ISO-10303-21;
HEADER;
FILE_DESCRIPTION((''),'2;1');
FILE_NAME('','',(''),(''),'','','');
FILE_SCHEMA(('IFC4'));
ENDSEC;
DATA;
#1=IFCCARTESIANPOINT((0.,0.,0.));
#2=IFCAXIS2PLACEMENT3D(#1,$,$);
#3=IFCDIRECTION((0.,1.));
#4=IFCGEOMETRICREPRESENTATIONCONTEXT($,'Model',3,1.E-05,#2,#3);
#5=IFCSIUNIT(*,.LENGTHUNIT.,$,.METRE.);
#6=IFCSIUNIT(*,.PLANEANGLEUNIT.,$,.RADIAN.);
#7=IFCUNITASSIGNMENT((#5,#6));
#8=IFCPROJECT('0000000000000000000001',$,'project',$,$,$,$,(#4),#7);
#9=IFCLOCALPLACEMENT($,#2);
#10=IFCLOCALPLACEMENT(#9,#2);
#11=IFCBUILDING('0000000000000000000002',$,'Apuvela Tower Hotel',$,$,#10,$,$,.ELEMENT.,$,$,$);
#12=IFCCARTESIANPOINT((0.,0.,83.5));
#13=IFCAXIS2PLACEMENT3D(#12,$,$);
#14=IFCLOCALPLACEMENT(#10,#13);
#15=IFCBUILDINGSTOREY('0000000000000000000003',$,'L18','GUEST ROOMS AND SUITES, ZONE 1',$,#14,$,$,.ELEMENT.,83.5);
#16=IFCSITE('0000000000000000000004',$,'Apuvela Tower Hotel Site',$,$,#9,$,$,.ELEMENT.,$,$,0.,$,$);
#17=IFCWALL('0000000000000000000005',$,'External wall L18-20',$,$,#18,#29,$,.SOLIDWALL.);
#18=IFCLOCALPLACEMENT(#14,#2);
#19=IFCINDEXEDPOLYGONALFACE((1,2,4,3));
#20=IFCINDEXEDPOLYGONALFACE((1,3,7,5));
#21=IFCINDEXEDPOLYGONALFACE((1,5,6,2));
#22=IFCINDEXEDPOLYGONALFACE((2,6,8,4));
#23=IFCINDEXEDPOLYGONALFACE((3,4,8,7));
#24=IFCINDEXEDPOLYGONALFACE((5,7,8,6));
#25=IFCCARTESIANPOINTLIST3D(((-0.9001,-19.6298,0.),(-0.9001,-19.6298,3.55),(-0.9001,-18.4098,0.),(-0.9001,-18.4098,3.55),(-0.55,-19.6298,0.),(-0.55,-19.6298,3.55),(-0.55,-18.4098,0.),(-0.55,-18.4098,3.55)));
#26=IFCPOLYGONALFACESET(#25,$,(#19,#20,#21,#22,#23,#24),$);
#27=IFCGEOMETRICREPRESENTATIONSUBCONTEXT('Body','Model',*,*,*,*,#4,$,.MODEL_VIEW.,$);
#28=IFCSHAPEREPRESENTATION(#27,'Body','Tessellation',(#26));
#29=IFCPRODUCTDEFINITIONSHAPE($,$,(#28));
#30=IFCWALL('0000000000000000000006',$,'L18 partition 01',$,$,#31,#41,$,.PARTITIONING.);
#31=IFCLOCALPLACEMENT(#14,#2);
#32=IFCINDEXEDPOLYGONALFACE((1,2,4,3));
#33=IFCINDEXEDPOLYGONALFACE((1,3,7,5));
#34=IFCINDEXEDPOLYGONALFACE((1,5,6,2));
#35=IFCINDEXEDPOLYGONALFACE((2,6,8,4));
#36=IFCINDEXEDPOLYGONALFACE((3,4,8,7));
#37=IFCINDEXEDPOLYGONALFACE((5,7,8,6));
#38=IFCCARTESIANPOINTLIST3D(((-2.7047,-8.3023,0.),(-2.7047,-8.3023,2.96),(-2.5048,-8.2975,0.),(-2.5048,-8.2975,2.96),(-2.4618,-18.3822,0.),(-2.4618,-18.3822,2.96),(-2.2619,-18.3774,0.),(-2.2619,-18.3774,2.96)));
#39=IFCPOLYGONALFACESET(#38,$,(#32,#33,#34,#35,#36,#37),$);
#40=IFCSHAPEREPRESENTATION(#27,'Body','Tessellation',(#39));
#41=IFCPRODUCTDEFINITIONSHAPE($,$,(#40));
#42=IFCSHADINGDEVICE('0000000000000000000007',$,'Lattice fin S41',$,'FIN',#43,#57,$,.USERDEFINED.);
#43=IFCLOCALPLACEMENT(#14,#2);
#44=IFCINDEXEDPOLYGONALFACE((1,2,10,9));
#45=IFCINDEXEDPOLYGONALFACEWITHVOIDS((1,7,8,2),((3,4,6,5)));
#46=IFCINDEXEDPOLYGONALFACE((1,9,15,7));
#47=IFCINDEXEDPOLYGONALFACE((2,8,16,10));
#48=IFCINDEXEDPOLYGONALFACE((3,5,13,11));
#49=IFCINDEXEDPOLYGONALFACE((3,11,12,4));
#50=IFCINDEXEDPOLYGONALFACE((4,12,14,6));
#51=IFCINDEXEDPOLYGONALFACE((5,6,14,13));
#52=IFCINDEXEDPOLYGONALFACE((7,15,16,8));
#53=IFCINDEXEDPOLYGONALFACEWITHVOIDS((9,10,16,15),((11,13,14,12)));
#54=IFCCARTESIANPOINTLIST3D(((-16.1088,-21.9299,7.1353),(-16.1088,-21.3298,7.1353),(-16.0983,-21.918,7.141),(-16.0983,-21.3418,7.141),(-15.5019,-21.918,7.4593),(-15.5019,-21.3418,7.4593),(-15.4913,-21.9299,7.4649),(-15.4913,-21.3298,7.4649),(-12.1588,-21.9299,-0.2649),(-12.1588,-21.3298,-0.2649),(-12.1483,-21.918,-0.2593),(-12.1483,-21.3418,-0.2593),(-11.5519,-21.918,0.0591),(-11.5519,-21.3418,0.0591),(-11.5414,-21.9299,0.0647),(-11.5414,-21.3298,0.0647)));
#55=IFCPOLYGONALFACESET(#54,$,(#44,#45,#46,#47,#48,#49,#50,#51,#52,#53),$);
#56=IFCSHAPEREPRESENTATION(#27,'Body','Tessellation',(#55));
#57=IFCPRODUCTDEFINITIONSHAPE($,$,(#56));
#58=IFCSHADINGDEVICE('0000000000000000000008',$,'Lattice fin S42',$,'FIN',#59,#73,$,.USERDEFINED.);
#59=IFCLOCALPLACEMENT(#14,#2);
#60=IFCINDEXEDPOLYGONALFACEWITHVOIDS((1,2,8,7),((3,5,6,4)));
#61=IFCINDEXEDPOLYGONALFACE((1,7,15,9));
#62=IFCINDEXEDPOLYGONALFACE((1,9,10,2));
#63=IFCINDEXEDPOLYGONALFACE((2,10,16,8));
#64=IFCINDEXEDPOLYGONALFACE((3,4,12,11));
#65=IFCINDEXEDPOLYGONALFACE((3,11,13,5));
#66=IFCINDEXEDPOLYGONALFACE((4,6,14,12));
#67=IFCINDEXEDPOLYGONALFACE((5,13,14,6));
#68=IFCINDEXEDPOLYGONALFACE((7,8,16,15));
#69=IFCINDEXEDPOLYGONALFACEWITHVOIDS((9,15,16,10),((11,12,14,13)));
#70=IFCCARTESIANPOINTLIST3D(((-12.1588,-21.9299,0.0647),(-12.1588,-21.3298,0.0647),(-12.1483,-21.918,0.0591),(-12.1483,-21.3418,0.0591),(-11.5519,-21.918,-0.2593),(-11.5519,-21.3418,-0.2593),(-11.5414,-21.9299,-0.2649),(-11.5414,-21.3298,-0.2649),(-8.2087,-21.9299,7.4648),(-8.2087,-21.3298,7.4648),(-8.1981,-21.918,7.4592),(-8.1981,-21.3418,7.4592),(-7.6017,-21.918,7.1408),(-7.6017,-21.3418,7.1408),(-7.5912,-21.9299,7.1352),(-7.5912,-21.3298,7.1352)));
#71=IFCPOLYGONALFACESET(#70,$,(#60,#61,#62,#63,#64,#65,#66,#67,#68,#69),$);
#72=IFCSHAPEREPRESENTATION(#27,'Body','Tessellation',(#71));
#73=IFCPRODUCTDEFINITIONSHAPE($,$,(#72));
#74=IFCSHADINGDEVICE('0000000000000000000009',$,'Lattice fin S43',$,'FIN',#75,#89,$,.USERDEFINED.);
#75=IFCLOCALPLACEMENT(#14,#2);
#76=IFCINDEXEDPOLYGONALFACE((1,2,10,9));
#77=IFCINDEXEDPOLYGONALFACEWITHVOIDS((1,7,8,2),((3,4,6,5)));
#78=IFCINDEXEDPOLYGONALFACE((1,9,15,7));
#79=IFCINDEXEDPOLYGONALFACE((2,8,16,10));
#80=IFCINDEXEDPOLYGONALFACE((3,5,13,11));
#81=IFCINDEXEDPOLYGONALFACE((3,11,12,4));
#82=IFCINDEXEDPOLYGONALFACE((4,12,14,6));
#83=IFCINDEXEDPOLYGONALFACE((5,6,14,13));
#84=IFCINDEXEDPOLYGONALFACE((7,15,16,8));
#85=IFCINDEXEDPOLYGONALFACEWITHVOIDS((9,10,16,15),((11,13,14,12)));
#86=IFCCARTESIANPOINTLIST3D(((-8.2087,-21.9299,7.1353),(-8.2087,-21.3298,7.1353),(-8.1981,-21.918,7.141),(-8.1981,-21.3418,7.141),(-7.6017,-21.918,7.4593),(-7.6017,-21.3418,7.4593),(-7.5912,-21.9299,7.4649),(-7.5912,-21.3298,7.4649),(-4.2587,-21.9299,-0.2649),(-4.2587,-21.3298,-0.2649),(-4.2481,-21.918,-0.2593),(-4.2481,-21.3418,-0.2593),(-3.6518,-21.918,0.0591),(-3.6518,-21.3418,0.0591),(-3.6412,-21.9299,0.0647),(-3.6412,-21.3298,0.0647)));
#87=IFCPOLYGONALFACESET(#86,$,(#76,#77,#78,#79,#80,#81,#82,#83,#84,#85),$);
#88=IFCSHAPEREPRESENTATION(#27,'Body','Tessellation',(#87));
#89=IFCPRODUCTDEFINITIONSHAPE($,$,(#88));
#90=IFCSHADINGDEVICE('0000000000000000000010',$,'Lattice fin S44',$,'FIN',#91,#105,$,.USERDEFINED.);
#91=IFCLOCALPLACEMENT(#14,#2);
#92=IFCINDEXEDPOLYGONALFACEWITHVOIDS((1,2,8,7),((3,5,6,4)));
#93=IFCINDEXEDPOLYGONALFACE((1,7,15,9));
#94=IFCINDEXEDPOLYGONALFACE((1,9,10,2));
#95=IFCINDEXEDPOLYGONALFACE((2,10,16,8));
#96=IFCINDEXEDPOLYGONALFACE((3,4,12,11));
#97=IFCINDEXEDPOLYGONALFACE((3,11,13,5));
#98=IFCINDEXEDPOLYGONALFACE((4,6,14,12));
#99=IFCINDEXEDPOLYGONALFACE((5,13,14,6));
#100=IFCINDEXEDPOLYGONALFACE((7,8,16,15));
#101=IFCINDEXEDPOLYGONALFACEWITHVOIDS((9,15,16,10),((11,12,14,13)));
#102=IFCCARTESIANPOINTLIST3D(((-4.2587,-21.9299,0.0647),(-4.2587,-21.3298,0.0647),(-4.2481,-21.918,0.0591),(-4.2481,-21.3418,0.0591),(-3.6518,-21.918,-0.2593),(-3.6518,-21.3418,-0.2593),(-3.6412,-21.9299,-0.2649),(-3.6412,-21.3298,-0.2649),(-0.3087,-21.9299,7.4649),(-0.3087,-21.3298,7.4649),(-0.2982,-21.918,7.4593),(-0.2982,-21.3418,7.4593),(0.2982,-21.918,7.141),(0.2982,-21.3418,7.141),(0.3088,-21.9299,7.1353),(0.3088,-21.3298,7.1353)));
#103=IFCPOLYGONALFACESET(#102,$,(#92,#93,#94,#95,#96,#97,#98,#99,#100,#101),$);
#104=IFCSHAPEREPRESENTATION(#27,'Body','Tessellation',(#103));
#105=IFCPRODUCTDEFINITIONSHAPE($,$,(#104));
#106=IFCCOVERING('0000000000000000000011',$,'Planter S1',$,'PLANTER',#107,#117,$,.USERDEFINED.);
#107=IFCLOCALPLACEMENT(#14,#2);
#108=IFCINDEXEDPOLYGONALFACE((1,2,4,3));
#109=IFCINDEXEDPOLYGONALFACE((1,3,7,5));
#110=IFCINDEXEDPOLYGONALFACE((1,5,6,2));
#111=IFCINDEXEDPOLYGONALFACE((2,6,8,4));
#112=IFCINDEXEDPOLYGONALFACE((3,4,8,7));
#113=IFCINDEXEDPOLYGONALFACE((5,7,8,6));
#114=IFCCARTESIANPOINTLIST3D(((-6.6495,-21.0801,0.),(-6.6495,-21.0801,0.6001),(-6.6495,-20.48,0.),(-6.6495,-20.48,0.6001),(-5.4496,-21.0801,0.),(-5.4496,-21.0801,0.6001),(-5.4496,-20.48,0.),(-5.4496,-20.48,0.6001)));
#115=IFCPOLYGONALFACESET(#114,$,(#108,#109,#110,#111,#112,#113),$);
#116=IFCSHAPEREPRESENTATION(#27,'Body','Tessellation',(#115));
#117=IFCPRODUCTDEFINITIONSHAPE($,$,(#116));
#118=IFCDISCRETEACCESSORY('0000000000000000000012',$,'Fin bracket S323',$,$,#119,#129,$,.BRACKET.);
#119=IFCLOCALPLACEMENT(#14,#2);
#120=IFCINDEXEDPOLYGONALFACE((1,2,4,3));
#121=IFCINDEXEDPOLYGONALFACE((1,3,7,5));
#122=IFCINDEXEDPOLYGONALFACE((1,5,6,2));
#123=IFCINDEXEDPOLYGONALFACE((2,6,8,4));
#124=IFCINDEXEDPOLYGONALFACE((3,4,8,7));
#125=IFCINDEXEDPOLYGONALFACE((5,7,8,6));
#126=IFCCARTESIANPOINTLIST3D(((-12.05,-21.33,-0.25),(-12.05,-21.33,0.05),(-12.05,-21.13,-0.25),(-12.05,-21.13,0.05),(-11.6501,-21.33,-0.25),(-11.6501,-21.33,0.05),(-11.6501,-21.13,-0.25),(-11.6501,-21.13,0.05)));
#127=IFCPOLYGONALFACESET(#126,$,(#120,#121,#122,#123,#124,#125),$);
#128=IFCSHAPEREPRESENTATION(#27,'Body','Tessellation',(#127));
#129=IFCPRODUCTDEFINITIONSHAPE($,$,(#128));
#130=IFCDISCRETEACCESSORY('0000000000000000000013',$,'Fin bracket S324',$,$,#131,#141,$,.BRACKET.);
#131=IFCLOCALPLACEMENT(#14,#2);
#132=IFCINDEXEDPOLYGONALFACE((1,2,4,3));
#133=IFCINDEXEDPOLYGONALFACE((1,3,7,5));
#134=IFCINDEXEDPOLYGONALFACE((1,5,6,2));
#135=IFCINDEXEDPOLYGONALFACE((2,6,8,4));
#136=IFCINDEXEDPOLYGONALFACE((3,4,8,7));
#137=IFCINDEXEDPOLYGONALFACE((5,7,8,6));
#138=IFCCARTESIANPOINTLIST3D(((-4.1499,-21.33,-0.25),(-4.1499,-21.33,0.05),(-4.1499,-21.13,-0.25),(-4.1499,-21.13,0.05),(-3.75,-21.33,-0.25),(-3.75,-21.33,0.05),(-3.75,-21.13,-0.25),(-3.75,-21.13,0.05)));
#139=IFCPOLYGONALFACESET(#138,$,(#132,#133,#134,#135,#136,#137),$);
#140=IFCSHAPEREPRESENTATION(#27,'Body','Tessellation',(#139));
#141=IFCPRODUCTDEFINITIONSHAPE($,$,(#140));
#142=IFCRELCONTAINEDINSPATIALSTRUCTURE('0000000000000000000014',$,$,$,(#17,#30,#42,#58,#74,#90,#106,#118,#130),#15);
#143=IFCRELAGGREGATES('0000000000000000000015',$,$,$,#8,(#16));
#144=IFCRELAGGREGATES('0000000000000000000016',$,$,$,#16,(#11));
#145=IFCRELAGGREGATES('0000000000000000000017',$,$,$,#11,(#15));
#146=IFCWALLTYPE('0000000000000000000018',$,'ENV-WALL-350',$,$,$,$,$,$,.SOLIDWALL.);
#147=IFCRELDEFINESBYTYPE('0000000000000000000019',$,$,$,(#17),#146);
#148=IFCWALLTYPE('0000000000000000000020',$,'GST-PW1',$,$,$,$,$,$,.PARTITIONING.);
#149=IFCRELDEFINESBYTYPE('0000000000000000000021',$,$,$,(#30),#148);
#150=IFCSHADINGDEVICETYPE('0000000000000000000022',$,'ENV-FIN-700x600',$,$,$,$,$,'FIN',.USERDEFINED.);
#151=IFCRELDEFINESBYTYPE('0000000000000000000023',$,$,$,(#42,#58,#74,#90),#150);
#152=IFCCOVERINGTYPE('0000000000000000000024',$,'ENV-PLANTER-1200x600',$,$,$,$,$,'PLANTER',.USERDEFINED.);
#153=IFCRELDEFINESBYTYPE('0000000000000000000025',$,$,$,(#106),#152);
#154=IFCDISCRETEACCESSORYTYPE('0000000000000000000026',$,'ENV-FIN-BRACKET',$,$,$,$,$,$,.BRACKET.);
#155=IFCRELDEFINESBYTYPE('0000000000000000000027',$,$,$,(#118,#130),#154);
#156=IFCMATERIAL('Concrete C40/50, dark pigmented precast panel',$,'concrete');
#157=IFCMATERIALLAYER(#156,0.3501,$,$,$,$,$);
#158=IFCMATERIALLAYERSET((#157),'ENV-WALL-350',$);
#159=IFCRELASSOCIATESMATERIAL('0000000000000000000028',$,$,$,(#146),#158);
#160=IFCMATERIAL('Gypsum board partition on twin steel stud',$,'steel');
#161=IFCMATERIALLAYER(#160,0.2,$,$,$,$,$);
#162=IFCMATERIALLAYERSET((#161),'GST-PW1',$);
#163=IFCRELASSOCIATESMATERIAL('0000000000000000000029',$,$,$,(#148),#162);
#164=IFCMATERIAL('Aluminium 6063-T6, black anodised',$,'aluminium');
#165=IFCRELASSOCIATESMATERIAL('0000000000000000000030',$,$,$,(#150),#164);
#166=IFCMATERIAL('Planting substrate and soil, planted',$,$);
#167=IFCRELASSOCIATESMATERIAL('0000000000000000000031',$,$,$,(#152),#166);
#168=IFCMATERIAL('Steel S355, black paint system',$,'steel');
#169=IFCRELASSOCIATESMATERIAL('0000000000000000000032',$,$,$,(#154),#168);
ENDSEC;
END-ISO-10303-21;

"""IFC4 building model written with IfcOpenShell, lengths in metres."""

from ifc_helpers import new_model, si_unit, direction, frame, frame_2d, origin, origin_2d, place, context, subcontext, project, spatial, rectangle, hollow_rectangle, extrude, material, layer, layer_set, material_profile, profile_set, type_object, element, save


model = new_model("IFC4")

# Units and contexts
model_context = context("Model", 3, precision=1e-05, world=origin(), true_north=direction((0.0, 1.0)))
body_context = subcontext(model_context, "Body", "Model", "MODEL_VIEW")
ifc_project = project(units=[si_unit("LENGTHUNIT", "METRE"), si_unit("PLANEANGLEUNIT", "RADIAN")], contexts=[model_context])

# Site, building, storey
site_placement = place(None, origin())
site = spatial("IfcSite", under=ifc_project, at=site_placement, Name="Apuvela Tower Hotel Site", CompositionType="ELEMENT", RefElevation=0.0)
building_placement = place(site_placement, origin())
building = spatial("IfcBuilding", under=site, at=building_placement, Name="Apuvela Tower Hotel", CompositionType="ELEMENT")
storey_placement = place(building_placement, frame((0.0, 0.0, 83.5)))
storey = spatial("IfcBuildingStorey", under=building, at=storey_placement, Name="L18", Description="GUEST ROOMS AND SUITES, ZONE 1", CompositionType="ELEMENT", Elevation=83.5)

# Shared definitions
ifc_material_1 = material(Name="Concrete C40/50, dark pigmented precast panel", Category="concrete")
ifc_layer_1 = layer(ifc_material_1, 0.3501)
ifc_layer_set_1 = layer_set([ifc_layer_1], Name="ENV-WALL-350")
wall_type_1 = type_object("IfcWallType", Name="ENV-WALL-350", PredefinedType="SOLIDWALL", material=ifc_layer_set_1)

# Wall
wall_1_placement = place(storey_placement, frame((-0.7251, -18.4099, 0.0), z_axis=(0.0, 0.0, 1.0), x_axis=(0.0, -1.0, 0.0)))
element("IfcWall", 1, at=wall_1_placement, inside=storey, type_object=wall_type_1, Name="External wall L18-20", PredefinedType="SOLIDWALL", context=body_context, shape_type="SweptSolid", body=[
    extrude(rectangle(XDim=1.22, YDim=0.3501, at=frame_2d((0.6099, 0.0))), origin(), (0.0, 0.0, 1.0), 3.55),
])

# Wall
ifc_material_2 = material(Name="Gypsum board partition on twin steel stud", Category="steel")
ifc_layer_2 = layer(ifc_material_2, 0.2)
ifc_layer_set_2 = layer_set([ifc_layer_2], Name="GST-PW1")
wall_type_2 = type_object("IfcWallType", Name="GST-PW1", PredefinedType="PARTITIONING", material=ifc_layer_set_2)
wall_2_placement = place(storey_placement, frame((-2.3618, -18.3799, 0.0), z_axis=(0.0, 0.0, 1.0), x_axis=(-0.024093, 0.99971, 0.0)))
element("IfcWall", 2, at=wall_2_placement, inside=storey, type_object=wall_type_2, Name="L18 partition 01", PredefinedType="PARTITIONING", context=body_context, shape_type="SweptSolid", body=[
    extrude(rectangle(XDim=10.0828, YDim=0.2, at=frame_2d((5.0415, 0.0))), origin(), (0.0, 0.0, 1.0), 2.96),
])

# Shading devices
ifc_material_3 = material(Name="Aluminium 6063-T6, black anodised", Category="aluminium")
ifc_material_profile_1 = material_profile(ifc_material_3, hollow_rectangle(XDim=0.6001, YDim=0.7, WallThickness=0.012, at=origin_2d()), Name="AL BOX 700x600x12")
ifc_profile_set_1 = profile_set([ifc_material_profile_1], Name="Aluminium 6063-T6, black anodised")
shading_device_type = type_object("IfcShadingDeviceType", Name="ENV-FIN-700x600", ElementType="FIN", PredefinedType="USERDEFINED", material=ifc_profile_set_1)
for number, where, z_axis, x_axis, name in (
    (3, (-11.8501, -21.6299, -0.1001), (-0.470886, 0.0, 0.882194), (0.0, -1.0, 0.0), "Lattice fin S41"),
    (4, (-11.8501, -21.6299, -0.1001), (0.470908, 0.0, 0.882182), (0.0, 1.0, 0.0), "Lattice fin S42"),
    (5, (-3.95, -21.6299, -0.1001), (-0.470886, 0.0, 0.882194), (0.0, -1.0, 0.0), "Lattice fin S43"),
    (6, (-3.95, -21.6299, -0.1001), (0.470886, 0.0, 0.882194), (0.0, 1.0, 0.0), "Lattice fin S44"),
):
    element("IfcShadingDevice", number, at=place(storey_placement, frame(where, z_axis=z_axis, x_axis=x_axis)), inside=storey, type_object=shading_device_type, Name=name, ObjectType="FIN", PredefinedType="USERDEFINED", context=body_context, shape_type="SweptSolid", body=[
        extrude(hollow_rectangle(XDim=0.6001, YDim=0.7, WallThickness=0.012, at=origin_2d()), origin(), (0.0, 0.0, 1.0), 8.3884),
    ])

# Covering
ifc_material_4 = material(Name="Planting substrate and soil, planted")
covering_type = type_object("IfcCoveringType", Name="ENV-PLANTER-1200x600", ElementType="PLANTER", PredefinedType="USERDEFINED", material=ifc_material_4)
covering_placement = place(storey_placement, frame((-6.0496, -20.78, 0.0), z_axis=(0.0, 0.0, 1.0), x_axis=(1.0, 0.0, 0.0)))
element("IfcCovering", 7, at=covering_placement, inside=storey, type_object=covering_type, Name="Planter S1", ObjectType="PLANTER", PredefinedType="USERDEFINED", context=body_context, shape_type="SweptSolid", body=[
    extrude(rectangle(XDim=1.2, YDim=0.6001, at=origin_2d()), origin(), (0.0, 0.0, 1.0), 0.6001),
])

# Discrete accessories
ifc_material_5 = material(Name="Steel S355, black paint system", Category="steel")
discrete_accessory_type = type_object("IfcDiscreteAccessoryType", Name="ENV-FIN-BRACKET", PredefinedType="BRACKET", material=ifc_material_5)
for number, where, z_axis, x_axis, name in (
    (8, (-11.8501, -21.23, -0.25), (0.0, 0.0, 1.0), (1.0, 0.0, 0.0), "Fin bracket S323"),
    (9, (-3.95, -21.23, -0.25), (0.0, 0.0, 1.0), (1.0, 0.0, 0.0), "Fin bracket S324"),
):
    element("IfcDiscreteAccessory", number, at=place(storey_placement, frame(where, z_axis=z_axis, x_axis=x_axis)), inside=storey, type_object=discrete_accessory_type, Name=name, PredefinedType="BRACKET", context=body_context, shape_type="SweptSolid", body=[
        extrude(rectangle(XDim=0.3999, YDim=0.2, at=origin_2d()), origin(), (0.0, 0.0, 1.0), 0.3),
    ])

save(model, "model.ifc")
